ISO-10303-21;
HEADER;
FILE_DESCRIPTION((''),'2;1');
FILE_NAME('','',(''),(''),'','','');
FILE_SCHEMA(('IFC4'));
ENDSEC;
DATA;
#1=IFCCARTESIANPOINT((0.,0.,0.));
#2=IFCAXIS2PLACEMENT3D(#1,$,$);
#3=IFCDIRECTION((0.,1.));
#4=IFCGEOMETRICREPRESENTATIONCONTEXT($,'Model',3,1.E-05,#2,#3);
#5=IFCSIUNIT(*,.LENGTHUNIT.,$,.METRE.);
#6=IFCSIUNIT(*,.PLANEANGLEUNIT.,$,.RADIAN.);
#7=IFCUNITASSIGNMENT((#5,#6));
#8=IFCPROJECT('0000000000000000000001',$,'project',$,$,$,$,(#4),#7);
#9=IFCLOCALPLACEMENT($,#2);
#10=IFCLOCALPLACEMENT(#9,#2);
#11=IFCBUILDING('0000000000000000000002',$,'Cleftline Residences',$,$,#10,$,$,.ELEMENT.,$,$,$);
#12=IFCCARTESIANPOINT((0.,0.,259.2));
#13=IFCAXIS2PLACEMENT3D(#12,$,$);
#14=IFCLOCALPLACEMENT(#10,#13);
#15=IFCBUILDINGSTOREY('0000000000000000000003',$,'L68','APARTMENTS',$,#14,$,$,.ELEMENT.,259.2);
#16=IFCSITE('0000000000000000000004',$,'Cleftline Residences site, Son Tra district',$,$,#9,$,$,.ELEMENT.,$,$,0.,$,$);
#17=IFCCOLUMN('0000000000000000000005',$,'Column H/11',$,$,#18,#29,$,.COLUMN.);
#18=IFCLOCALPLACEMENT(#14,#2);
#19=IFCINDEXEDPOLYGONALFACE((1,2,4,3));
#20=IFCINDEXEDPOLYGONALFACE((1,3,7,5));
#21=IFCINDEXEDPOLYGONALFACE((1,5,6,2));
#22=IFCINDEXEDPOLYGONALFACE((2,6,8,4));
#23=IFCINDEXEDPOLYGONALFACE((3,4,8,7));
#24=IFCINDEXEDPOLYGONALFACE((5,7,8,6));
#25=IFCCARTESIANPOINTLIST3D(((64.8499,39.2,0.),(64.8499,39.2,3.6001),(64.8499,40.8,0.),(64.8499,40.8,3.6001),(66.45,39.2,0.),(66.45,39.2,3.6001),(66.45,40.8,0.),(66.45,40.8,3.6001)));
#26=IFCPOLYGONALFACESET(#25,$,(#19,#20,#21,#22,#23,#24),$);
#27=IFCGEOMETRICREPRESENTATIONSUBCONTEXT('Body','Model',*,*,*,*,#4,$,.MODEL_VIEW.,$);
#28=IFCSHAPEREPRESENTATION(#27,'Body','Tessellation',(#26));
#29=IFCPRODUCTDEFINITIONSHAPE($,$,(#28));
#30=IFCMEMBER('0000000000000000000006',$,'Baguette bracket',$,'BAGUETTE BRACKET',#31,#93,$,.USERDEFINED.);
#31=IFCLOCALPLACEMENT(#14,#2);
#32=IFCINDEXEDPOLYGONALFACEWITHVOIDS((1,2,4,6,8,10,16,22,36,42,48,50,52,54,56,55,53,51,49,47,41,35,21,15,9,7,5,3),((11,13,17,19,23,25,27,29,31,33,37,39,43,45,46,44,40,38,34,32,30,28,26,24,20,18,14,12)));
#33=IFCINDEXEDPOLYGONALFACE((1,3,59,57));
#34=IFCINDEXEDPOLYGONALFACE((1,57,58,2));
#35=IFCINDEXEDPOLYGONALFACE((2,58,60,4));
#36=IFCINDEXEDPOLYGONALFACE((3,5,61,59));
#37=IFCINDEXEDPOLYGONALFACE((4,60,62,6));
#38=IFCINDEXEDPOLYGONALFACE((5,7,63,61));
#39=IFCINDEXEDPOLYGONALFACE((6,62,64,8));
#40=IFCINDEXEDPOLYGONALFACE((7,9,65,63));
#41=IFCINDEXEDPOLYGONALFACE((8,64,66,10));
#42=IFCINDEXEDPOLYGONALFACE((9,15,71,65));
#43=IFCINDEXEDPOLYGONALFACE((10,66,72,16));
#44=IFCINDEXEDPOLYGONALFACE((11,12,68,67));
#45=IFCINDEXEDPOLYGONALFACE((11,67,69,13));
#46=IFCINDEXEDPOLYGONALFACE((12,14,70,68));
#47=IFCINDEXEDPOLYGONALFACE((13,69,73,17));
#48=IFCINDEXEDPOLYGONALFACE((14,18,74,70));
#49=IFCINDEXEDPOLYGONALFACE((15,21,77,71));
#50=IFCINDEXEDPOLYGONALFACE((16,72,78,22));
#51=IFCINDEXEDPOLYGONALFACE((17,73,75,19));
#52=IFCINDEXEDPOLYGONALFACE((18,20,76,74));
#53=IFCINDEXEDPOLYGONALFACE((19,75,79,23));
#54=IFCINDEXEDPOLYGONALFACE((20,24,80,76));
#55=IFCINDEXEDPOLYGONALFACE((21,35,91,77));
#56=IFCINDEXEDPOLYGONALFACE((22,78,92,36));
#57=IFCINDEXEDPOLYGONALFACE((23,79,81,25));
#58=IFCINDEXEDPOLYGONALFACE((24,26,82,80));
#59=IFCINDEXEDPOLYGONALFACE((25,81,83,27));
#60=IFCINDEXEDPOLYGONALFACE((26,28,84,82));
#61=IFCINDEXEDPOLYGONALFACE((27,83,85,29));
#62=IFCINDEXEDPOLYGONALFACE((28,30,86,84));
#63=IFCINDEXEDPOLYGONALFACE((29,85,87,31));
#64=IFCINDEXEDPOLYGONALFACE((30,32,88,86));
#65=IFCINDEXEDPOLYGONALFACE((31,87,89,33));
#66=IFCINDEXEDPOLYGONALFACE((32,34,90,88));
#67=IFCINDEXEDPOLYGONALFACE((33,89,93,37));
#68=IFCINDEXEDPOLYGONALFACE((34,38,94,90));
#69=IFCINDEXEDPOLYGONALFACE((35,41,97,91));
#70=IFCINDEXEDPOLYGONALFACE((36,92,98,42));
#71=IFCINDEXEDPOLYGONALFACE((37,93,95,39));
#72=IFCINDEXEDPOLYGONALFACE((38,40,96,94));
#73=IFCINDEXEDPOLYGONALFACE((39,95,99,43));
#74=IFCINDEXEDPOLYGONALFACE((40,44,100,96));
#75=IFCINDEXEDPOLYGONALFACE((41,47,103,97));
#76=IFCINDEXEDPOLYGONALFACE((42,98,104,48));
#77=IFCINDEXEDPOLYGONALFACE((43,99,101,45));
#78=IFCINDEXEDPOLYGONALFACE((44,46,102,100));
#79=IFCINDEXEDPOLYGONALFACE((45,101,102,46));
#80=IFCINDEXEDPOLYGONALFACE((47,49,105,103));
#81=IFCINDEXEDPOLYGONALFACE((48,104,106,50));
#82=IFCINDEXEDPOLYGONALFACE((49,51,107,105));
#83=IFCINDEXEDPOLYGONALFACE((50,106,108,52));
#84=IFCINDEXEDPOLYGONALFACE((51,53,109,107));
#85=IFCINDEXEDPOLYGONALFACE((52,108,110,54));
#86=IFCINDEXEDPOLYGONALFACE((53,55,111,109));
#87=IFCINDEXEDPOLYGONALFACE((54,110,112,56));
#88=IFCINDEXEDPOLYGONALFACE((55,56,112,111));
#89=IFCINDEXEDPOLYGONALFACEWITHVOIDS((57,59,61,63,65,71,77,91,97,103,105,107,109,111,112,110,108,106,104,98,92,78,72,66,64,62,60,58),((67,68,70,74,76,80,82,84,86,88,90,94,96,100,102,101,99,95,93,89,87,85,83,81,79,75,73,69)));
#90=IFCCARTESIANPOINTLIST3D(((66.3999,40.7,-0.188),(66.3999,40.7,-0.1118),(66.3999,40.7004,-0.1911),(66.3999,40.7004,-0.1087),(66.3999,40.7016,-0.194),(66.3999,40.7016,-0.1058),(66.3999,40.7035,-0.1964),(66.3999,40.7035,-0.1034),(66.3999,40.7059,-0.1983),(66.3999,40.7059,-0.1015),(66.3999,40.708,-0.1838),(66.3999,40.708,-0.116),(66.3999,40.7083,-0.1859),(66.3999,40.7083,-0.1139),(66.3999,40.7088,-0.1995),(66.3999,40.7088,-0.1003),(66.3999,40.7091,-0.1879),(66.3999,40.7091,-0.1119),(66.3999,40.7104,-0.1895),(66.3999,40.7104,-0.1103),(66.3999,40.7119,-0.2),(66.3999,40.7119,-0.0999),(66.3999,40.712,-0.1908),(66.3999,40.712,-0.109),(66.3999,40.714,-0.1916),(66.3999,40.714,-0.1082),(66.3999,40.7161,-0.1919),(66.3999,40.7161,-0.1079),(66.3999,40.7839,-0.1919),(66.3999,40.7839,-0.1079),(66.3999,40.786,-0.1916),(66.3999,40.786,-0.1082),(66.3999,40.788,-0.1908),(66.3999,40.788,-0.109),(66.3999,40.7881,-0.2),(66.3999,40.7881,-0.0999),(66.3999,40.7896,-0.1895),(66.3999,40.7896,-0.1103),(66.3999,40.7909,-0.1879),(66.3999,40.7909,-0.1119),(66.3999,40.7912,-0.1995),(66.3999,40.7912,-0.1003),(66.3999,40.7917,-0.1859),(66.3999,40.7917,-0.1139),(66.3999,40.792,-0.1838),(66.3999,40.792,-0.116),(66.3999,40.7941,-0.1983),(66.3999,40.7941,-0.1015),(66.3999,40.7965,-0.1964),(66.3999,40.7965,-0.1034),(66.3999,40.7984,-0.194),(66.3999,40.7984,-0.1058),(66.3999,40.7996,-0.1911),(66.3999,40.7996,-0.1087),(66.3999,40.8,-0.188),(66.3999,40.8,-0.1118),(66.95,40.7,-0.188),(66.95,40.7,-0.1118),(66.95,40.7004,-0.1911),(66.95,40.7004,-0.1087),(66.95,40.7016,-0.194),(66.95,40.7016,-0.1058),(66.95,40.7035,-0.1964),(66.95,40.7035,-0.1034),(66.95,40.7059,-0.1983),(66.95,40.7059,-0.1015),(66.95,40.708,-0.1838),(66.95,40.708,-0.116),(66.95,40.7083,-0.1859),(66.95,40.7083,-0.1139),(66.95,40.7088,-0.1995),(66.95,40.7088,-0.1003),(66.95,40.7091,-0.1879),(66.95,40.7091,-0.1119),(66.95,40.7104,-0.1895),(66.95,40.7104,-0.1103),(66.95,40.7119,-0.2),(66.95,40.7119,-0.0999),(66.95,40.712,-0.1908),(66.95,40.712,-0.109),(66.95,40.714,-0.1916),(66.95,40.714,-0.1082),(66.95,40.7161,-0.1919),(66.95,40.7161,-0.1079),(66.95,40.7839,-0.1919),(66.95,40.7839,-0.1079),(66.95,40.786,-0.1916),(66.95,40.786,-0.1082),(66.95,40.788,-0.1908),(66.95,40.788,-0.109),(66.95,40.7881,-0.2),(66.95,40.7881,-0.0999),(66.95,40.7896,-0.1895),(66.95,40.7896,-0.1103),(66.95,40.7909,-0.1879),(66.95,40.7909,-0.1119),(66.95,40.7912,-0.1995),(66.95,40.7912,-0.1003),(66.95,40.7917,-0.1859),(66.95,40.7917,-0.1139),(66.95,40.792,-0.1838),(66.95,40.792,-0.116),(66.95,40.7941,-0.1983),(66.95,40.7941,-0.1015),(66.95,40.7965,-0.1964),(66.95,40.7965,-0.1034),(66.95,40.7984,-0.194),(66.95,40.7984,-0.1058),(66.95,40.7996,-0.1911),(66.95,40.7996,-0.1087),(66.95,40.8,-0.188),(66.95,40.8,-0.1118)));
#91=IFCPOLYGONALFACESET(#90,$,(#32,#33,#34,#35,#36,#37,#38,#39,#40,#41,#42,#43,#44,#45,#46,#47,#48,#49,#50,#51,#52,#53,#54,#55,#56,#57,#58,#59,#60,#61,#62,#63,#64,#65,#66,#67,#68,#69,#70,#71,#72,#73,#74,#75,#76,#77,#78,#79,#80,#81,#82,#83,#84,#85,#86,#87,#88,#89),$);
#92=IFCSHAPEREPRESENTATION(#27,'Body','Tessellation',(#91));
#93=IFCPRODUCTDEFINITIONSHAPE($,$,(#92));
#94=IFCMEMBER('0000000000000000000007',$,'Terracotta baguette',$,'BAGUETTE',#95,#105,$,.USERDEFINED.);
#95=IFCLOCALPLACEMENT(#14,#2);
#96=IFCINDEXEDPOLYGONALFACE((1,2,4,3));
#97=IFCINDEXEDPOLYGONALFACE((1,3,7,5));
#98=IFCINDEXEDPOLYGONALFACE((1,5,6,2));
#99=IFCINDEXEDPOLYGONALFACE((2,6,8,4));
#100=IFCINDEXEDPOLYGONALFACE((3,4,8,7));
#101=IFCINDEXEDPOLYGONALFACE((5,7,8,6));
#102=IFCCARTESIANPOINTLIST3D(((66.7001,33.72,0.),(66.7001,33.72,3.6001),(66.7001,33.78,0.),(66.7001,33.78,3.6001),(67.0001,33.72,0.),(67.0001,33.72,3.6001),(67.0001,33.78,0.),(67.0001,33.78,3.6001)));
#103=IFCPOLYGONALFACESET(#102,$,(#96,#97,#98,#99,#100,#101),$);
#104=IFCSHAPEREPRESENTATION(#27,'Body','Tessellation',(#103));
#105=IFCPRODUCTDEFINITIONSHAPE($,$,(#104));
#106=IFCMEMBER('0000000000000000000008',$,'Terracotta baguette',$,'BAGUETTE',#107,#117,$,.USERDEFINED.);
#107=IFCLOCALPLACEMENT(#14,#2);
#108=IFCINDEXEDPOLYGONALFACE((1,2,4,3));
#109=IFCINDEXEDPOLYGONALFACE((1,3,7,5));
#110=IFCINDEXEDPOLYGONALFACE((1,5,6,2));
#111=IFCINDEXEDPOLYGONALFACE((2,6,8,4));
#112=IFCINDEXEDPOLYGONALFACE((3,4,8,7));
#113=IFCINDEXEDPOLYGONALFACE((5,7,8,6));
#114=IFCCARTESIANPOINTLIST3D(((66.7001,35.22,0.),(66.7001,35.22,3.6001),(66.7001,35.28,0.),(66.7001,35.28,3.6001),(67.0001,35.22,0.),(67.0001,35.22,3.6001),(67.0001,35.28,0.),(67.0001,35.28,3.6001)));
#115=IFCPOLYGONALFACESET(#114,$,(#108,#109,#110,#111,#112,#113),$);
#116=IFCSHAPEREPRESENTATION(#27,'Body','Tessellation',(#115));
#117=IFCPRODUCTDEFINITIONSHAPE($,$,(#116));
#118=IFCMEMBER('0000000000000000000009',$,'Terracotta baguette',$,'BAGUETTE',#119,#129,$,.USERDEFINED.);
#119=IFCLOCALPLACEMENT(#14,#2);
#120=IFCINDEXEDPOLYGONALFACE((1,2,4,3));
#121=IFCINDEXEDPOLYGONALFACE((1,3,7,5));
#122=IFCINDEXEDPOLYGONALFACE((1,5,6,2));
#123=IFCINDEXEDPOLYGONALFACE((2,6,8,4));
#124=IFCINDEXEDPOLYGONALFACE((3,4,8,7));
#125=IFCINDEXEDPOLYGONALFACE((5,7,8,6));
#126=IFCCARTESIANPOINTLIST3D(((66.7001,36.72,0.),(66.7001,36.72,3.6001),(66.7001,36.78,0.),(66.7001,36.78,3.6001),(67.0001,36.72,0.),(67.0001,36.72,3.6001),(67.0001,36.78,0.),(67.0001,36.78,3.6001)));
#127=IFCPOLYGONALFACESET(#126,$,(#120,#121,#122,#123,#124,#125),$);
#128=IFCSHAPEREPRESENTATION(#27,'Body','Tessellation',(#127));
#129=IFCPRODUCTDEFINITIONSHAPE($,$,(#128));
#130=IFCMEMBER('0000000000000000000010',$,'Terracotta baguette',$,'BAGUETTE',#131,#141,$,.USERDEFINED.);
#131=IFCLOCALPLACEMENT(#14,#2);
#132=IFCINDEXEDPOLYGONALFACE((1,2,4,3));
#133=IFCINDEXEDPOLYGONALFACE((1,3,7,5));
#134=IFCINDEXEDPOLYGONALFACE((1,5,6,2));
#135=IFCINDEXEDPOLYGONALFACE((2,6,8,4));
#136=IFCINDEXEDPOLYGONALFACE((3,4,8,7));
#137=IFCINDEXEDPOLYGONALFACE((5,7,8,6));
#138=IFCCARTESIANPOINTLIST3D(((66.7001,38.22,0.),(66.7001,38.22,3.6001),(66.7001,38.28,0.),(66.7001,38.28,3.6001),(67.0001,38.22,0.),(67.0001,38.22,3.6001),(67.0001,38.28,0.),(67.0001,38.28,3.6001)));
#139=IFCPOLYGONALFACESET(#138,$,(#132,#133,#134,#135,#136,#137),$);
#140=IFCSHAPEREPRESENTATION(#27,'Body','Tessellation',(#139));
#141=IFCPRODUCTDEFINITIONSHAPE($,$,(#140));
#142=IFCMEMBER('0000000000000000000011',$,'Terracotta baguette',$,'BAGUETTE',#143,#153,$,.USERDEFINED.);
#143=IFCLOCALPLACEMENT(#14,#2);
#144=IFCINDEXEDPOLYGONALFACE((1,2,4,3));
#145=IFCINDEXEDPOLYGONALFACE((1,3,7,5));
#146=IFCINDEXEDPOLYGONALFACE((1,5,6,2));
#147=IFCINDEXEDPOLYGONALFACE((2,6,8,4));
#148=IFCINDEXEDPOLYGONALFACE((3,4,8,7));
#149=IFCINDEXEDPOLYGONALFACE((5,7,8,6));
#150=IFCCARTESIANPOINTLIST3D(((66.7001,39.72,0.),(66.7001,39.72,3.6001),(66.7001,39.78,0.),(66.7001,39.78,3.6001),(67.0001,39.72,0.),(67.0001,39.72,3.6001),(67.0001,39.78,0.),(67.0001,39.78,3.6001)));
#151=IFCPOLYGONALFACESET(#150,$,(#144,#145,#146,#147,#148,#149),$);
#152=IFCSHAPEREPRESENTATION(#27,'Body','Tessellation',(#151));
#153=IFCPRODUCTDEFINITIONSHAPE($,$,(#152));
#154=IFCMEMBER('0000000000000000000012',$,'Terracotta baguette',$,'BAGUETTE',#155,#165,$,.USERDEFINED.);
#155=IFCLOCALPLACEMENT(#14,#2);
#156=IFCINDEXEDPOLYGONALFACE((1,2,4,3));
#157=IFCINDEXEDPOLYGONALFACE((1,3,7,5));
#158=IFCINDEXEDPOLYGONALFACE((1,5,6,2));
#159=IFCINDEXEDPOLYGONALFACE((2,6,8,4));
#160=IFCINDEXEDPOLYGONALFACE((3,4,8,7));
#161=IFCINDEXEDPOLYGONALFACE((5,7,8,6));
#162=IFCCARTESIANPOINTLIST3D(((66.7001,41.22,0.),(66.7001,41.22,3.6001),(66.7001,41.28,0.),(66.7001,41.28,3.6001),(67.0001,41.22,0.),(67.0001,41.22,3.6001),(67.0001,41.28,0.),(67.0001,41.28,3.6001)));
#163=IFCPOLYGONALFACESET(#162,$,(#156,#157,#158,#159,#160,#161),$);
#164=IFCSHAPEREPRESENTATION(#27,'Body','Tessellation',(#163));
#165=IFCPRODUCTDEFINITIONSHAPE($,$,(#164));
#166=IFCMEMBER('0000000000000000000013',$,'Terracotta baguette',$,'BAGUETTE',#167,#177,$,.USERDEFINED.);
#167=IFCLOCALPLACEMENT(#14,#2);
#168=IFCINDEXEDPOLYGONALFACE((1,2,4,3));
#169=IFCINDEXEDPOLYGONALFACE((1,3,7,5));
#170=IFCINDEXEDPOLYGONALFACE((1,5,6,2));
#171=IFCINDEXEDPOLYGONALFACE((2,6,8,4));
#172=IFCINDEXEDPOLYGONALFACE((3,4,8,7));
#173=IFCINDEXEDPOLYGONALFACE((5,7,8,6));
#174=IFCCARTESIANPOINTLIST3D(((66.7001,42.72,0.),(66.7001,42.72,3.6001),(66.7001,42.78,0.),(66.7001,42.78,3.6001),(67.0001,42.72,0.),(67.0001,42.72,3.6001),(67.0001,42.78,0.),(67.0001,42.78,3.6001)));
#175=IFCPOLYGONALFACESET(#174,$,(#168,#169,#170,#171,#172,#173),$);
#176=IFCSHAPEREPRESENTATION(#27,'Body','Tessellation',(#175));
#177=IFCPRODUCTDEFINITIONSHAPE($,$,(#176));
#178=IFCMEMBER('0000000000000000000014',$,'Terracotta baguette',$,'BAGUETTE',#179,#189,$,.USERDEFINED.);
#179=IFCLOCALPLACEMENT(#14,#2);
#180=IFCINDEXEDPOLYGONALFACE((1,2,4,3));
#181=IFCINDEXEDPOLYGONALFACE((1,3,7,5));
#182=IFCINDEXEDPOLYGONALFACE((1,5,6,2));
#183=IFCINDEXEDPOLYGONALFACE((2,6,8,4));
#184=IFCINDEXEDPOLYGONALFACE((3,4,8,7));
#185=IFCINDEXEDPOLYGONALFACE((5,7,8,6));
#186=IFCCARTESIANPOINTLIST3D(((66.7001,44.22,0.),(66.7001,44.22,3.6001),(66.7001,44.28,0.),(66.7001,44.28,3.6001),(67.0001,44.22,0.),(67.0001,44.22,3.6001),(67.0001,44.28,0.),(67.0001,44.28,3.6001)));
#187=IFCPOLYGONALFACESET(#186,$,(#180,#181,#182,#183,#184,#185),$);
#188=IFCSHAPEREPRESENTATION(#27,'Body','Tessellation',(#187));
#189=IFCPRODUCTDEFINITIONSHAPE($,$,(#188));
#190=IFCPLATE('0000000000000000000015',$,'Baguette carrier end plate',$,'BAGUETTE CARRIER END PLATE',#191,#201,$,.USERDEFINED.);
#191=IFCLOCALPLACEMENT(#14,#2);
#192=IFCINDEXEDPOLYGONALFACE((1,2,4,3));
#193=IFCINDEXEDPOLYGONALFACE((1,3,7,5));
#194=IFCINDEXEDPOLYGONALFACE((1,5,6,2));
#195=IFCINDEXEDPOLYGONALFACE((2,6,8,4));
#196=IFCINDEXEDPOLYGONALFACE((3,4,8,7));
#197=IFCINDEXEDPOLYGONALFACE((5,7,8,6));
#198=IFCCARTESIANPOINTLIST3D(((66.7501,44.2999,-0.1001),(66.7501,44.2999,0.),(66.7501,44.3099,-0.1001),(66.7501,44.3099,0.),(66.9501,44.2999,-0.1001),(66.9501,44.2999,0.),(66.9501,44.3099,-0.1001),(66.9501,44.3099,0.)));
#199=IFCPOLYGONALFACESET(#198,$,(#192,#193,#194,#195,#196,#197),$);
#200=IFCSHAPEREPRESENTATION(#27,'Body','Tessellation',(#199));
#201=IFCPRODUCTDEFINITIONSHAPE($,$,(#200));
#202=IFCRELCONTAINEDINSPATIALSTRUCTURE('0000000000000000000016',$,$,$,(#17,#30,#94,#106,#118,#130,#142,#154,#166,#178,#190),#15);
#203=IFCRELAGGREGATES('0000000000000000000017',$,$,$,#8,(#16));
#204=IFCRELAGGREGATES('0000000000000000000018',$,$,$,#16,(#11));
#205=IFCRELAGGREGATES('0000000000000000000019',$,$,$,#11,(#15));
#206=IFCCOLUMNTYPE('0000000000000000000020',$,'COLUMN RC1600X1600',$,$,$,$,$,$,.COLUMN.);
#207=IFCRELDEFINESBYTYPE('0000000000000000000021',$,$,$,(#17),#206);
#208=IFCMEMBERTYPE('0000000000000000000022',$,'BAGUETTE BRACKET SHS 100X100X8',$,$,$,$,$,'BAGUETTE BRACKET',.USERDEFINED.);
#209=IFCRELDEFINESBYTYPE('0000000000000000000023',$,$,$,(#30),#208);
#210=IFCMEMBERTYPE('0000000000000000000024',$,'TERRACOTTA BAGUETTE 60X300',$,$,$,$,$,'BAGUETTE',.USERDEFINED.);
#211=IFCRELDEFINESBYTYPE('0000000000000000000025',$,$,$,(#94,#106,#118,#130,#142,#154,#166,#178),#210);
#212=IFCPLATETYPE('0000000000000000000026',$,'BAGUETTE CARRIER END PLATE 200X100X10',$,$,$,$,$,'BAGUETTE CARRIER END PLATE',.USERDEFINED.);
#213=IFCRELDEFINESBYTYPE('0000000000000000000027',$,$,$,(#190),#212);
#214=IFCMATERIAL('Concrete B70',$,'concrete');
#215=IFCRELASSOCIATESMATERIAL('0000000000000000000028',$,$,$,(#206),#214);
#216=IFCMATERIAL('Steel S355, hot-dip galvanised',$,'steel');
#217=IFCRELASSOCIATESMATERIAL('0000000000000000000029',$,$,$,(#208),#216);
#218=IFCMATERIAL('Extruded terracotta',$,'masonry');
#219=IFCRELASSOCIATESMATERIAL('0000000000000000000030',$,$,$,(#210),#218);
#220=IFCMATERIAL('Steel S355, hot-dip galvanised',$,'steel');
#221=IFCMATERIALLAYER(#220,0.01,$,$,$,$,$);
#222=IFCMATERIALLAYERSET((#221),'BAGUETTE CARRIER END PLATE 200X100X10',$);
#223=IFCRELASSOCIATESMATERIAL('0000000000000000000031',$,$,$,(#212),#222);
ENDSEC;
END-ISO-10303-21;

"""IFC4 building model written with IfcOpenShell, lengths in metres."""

from ifc_helpers import new_model, si_unit, direction, frame, origin, origin_2d, place, context, subcontext, project, spatial, rectangle, hollow_rectangle, extrude, material, layer, layer_set, material_profile, profile_set, type_object, element, save


model = new_model("IFC4")

# Units and contexts
model_context = context("Model", 3, precision=1e-05, world=origin(), true_north=direction((0.0, 1.0)))
body_context = subcontext(model_context, "Body", "Model", "MODEL_VIEW")
ifc_project = project(units=[si_unit("LENGTHUNIT", "METRE"), si_unit("PLANEANGLEUNIT", "RADIAN")], contexts=[model_context])

# Site, building, storey
site_placement = place(None, origin())
site = spatial("IfcSite", under=ifc_project, at=site_placement, Name="Cleftline Residences site, Son Tra district", CompositionType="ELEMENT", RefElevation=0.0)
building_placement = place(site_placement, origin())
building = spatial("IfcBuilding", under=site, at=building_placement, Name="Cleftline Residences", CompositionType="ELEMENT")
storey_placement = place(building_placement, frame((0.0, 0.0, 259.2)))
storey = spatial("IfcBuildingStorey", under=building, at=storey_placement, Name="L68", Description="APARTMENTS", CompositionType="ELEMENT", Elevation=259.2)

# Column
ifc_material_1 = material(Name="Concrete B70", Category="concrete")
ifc_material_profile_1 = material_profile(ifc_material_1, rectangle(XDim=1.6001, YDim=1.6001, at=origin_2d()))
ifc_profile_set_1 = profile_set([ifc_material_profile_1], Name="Concrete B70")
column_type = type_object("IfcColumnType", Name="COLUMN RC1600X1600", PredefinedType="COLUMN", material=ifc_profile_set_1)
column_placement = place(storey_placement, frame((65.6499, 40.0, 0.0), z_axis=(0.0, 0.0, 1.0), x_axis=(1.0, 0.0, 0.0)))
element("IfcColumn", 1, at=column_placement, inside=storey, type_object=column_type, Name="Column H/11", PredefinedType="COLUMN", context=body_context, shape_type="SweptSolid", body=[
    extrude(rectangle(XDim=1.6001, YDim=1.6001, at=origin_2d()), origin(), (0.0, 0.0, 1.0), 3.6001),
])

# Members
ifc_material_2 = material(Name="Steel S355, hot-dip galvanised", Category="steel")
ifc_material_profile_2 = material_profile(ifc_material_2, hollow_rectangle(XDim=0.1001, YDim=0.1001, WallThickness=0.0081, InnerFilletRadius=0.0081, OuterFilletRadius=0.012, at=origin_2d()))
ifc_profile_set_2 = profile_set([ifc_material_profile_2], Name="Steel S355, hot-dip galvanised")
member_type_1 = type_object("IfcMemberType", Name="BAGUETTE BRACKET SHS 100X100X8", ElementType="BAGUETTE BRACKET", PredefinedType="USERDEFINED", material=ifc_profile_set_2)
member_placement = place(storey_placement, frame((66.3999, 40.75, -0.1499), z_axis=(1.0, 0.0, 0.0), x_axis=(0.0, 1.0, 0.0)))
element("IfcMember", 2, at=member_placement, inside=storey, type_object=member_type_1, Name="Baguette bracket", ObjectType="BAGUETTE BRACKET", PredefinedType="USERDEFINED", context=body_context, shape_type="SweptSolid", body=[
    extrude(hollow_rectangle(XDim=0.1001, YDim=0.1001, WallThickness=0.0081, InnerFilletRadius=0.0081, OuterFilletRadius=0.012, at=origin_2d()), origin(), (0.0, 0.0, 1.0), 0.55),
])
ifc_material_3 = material(Name="Extruded terracotta", Category="masonry")
ifc_material_profile_3 = material_profile(ifc_material_3, rectangle(XDim=0.0601, YDim=0.3, at=origin_2d()))
ifc_profile_set_3 = profile_set([ifc_material_profile_3], Name="Extruded terracotta")
member_type_2 = type_object("IfcMemberType", Name="TERRACOTTA BAGUETTE 60X300", ElementType="BAGUETTE", PredefinedType="USERDEFINED", material=ifc_profile_set_3)
for number, where, z_axis, x_axis, name in (
    (3, (66.8501, 33.75, 0.0), (0.0, 0.0, 1.0), (0.0, 1.0, 0.0), "Terracotta baguette"),
    (4, (66.8501, 35.25, 0.0), (0.0, 0.0, 1.0), (0.0, 1.0, 0.0), "Terracotta baguette"),
    (5, (66.8501, 36.75, 0.0), (0.0, 0.0, 1.0), (0.0, 1.0, 0.0), "Terracotta baguette"),
    (6, (66.8501, 38.25, 0.0), (0.0, 0.0, 1.0), (0.0, 1.0, 0.0), "Terracotta baguette"),
    (7, (66.8501, 39.75, 0.0), (0.0, 0.0, 1.0), (0.0, 1.0, 0.0), "Terracotta baguette"),
    (8, (66.8501, 41.25, 0.0), (0.0, 0.0, 1.0), (0.0, 1.0, 0.0), "Terracotta baguette"),
    (9, (66.8501, 42.75, 0.0), (0.0, 0.0, 1.0), (0.0, 1.0, 0.0), "Terracotta baguette"),
    (10, (66.8501, 44.25, 0.0), (0.0, 0.0, 1.0), (0.0, 1.0, 0.0), "Terracotta baguette"),
):
    element("IfcMember", number, at=place(storey_placement, frame(where, z_axis=z_axis, x_axis=x_axis)), inside=storey, type_object=member_type_2, Name=name, ObjectType="BAGUETTE", PredefinedType="USERDEFINED", context=body_context, shape_type="SweptSolid", body=[
        extrude(rectangle(XDim=0.0601, YDim=0.3, at=origin_2d()), origin(), (0.0, 0.0, 1.0), 3.6001),
    ])

# Plate
ifc_material_4 = material(Name="Steel S355, hot-dip galvanised", Category="steel")
ifc_layer_1 = layer(ifc_material_4, 0.01)
ifc_layer_set_1 = layer_set([ifc_layer_1], Name="BAGUETTE CARRIER END PLATE 200X100X10")
plate_type = type_object("IfcPlateType", Name="BAGUETTE CARRIER END PLATE 200X100X10", ElementType="BAGUETTE CARRIER END PLATE", PredefinedType="USERDEFINED", material=ifc_layer_set_1)
plate_placement = place(storey_placement, frame((66.8501, 44.3049, -0.1001), z_axis=(0.0, 0.0, 1.0), x_axis=(1.0, 0.0, 0.0)))
element("IfcPlate", 11, at=plate_placement, inside=storey, type_object=plate_type, Name="Baguette carrier end plate", ObjectType="BAGUETTE CARRIER END PLATE", PredefinedType="USERDEFINED", context=body_context, shape_type="SweptSolid", body=[
    extrude(rectangle(XDim=0.2, YDim=0.01, at=origin_2d()), origin(), (0.0, 0.0, 1.0), 0.1001),
])

save(model, "model.ifc")
